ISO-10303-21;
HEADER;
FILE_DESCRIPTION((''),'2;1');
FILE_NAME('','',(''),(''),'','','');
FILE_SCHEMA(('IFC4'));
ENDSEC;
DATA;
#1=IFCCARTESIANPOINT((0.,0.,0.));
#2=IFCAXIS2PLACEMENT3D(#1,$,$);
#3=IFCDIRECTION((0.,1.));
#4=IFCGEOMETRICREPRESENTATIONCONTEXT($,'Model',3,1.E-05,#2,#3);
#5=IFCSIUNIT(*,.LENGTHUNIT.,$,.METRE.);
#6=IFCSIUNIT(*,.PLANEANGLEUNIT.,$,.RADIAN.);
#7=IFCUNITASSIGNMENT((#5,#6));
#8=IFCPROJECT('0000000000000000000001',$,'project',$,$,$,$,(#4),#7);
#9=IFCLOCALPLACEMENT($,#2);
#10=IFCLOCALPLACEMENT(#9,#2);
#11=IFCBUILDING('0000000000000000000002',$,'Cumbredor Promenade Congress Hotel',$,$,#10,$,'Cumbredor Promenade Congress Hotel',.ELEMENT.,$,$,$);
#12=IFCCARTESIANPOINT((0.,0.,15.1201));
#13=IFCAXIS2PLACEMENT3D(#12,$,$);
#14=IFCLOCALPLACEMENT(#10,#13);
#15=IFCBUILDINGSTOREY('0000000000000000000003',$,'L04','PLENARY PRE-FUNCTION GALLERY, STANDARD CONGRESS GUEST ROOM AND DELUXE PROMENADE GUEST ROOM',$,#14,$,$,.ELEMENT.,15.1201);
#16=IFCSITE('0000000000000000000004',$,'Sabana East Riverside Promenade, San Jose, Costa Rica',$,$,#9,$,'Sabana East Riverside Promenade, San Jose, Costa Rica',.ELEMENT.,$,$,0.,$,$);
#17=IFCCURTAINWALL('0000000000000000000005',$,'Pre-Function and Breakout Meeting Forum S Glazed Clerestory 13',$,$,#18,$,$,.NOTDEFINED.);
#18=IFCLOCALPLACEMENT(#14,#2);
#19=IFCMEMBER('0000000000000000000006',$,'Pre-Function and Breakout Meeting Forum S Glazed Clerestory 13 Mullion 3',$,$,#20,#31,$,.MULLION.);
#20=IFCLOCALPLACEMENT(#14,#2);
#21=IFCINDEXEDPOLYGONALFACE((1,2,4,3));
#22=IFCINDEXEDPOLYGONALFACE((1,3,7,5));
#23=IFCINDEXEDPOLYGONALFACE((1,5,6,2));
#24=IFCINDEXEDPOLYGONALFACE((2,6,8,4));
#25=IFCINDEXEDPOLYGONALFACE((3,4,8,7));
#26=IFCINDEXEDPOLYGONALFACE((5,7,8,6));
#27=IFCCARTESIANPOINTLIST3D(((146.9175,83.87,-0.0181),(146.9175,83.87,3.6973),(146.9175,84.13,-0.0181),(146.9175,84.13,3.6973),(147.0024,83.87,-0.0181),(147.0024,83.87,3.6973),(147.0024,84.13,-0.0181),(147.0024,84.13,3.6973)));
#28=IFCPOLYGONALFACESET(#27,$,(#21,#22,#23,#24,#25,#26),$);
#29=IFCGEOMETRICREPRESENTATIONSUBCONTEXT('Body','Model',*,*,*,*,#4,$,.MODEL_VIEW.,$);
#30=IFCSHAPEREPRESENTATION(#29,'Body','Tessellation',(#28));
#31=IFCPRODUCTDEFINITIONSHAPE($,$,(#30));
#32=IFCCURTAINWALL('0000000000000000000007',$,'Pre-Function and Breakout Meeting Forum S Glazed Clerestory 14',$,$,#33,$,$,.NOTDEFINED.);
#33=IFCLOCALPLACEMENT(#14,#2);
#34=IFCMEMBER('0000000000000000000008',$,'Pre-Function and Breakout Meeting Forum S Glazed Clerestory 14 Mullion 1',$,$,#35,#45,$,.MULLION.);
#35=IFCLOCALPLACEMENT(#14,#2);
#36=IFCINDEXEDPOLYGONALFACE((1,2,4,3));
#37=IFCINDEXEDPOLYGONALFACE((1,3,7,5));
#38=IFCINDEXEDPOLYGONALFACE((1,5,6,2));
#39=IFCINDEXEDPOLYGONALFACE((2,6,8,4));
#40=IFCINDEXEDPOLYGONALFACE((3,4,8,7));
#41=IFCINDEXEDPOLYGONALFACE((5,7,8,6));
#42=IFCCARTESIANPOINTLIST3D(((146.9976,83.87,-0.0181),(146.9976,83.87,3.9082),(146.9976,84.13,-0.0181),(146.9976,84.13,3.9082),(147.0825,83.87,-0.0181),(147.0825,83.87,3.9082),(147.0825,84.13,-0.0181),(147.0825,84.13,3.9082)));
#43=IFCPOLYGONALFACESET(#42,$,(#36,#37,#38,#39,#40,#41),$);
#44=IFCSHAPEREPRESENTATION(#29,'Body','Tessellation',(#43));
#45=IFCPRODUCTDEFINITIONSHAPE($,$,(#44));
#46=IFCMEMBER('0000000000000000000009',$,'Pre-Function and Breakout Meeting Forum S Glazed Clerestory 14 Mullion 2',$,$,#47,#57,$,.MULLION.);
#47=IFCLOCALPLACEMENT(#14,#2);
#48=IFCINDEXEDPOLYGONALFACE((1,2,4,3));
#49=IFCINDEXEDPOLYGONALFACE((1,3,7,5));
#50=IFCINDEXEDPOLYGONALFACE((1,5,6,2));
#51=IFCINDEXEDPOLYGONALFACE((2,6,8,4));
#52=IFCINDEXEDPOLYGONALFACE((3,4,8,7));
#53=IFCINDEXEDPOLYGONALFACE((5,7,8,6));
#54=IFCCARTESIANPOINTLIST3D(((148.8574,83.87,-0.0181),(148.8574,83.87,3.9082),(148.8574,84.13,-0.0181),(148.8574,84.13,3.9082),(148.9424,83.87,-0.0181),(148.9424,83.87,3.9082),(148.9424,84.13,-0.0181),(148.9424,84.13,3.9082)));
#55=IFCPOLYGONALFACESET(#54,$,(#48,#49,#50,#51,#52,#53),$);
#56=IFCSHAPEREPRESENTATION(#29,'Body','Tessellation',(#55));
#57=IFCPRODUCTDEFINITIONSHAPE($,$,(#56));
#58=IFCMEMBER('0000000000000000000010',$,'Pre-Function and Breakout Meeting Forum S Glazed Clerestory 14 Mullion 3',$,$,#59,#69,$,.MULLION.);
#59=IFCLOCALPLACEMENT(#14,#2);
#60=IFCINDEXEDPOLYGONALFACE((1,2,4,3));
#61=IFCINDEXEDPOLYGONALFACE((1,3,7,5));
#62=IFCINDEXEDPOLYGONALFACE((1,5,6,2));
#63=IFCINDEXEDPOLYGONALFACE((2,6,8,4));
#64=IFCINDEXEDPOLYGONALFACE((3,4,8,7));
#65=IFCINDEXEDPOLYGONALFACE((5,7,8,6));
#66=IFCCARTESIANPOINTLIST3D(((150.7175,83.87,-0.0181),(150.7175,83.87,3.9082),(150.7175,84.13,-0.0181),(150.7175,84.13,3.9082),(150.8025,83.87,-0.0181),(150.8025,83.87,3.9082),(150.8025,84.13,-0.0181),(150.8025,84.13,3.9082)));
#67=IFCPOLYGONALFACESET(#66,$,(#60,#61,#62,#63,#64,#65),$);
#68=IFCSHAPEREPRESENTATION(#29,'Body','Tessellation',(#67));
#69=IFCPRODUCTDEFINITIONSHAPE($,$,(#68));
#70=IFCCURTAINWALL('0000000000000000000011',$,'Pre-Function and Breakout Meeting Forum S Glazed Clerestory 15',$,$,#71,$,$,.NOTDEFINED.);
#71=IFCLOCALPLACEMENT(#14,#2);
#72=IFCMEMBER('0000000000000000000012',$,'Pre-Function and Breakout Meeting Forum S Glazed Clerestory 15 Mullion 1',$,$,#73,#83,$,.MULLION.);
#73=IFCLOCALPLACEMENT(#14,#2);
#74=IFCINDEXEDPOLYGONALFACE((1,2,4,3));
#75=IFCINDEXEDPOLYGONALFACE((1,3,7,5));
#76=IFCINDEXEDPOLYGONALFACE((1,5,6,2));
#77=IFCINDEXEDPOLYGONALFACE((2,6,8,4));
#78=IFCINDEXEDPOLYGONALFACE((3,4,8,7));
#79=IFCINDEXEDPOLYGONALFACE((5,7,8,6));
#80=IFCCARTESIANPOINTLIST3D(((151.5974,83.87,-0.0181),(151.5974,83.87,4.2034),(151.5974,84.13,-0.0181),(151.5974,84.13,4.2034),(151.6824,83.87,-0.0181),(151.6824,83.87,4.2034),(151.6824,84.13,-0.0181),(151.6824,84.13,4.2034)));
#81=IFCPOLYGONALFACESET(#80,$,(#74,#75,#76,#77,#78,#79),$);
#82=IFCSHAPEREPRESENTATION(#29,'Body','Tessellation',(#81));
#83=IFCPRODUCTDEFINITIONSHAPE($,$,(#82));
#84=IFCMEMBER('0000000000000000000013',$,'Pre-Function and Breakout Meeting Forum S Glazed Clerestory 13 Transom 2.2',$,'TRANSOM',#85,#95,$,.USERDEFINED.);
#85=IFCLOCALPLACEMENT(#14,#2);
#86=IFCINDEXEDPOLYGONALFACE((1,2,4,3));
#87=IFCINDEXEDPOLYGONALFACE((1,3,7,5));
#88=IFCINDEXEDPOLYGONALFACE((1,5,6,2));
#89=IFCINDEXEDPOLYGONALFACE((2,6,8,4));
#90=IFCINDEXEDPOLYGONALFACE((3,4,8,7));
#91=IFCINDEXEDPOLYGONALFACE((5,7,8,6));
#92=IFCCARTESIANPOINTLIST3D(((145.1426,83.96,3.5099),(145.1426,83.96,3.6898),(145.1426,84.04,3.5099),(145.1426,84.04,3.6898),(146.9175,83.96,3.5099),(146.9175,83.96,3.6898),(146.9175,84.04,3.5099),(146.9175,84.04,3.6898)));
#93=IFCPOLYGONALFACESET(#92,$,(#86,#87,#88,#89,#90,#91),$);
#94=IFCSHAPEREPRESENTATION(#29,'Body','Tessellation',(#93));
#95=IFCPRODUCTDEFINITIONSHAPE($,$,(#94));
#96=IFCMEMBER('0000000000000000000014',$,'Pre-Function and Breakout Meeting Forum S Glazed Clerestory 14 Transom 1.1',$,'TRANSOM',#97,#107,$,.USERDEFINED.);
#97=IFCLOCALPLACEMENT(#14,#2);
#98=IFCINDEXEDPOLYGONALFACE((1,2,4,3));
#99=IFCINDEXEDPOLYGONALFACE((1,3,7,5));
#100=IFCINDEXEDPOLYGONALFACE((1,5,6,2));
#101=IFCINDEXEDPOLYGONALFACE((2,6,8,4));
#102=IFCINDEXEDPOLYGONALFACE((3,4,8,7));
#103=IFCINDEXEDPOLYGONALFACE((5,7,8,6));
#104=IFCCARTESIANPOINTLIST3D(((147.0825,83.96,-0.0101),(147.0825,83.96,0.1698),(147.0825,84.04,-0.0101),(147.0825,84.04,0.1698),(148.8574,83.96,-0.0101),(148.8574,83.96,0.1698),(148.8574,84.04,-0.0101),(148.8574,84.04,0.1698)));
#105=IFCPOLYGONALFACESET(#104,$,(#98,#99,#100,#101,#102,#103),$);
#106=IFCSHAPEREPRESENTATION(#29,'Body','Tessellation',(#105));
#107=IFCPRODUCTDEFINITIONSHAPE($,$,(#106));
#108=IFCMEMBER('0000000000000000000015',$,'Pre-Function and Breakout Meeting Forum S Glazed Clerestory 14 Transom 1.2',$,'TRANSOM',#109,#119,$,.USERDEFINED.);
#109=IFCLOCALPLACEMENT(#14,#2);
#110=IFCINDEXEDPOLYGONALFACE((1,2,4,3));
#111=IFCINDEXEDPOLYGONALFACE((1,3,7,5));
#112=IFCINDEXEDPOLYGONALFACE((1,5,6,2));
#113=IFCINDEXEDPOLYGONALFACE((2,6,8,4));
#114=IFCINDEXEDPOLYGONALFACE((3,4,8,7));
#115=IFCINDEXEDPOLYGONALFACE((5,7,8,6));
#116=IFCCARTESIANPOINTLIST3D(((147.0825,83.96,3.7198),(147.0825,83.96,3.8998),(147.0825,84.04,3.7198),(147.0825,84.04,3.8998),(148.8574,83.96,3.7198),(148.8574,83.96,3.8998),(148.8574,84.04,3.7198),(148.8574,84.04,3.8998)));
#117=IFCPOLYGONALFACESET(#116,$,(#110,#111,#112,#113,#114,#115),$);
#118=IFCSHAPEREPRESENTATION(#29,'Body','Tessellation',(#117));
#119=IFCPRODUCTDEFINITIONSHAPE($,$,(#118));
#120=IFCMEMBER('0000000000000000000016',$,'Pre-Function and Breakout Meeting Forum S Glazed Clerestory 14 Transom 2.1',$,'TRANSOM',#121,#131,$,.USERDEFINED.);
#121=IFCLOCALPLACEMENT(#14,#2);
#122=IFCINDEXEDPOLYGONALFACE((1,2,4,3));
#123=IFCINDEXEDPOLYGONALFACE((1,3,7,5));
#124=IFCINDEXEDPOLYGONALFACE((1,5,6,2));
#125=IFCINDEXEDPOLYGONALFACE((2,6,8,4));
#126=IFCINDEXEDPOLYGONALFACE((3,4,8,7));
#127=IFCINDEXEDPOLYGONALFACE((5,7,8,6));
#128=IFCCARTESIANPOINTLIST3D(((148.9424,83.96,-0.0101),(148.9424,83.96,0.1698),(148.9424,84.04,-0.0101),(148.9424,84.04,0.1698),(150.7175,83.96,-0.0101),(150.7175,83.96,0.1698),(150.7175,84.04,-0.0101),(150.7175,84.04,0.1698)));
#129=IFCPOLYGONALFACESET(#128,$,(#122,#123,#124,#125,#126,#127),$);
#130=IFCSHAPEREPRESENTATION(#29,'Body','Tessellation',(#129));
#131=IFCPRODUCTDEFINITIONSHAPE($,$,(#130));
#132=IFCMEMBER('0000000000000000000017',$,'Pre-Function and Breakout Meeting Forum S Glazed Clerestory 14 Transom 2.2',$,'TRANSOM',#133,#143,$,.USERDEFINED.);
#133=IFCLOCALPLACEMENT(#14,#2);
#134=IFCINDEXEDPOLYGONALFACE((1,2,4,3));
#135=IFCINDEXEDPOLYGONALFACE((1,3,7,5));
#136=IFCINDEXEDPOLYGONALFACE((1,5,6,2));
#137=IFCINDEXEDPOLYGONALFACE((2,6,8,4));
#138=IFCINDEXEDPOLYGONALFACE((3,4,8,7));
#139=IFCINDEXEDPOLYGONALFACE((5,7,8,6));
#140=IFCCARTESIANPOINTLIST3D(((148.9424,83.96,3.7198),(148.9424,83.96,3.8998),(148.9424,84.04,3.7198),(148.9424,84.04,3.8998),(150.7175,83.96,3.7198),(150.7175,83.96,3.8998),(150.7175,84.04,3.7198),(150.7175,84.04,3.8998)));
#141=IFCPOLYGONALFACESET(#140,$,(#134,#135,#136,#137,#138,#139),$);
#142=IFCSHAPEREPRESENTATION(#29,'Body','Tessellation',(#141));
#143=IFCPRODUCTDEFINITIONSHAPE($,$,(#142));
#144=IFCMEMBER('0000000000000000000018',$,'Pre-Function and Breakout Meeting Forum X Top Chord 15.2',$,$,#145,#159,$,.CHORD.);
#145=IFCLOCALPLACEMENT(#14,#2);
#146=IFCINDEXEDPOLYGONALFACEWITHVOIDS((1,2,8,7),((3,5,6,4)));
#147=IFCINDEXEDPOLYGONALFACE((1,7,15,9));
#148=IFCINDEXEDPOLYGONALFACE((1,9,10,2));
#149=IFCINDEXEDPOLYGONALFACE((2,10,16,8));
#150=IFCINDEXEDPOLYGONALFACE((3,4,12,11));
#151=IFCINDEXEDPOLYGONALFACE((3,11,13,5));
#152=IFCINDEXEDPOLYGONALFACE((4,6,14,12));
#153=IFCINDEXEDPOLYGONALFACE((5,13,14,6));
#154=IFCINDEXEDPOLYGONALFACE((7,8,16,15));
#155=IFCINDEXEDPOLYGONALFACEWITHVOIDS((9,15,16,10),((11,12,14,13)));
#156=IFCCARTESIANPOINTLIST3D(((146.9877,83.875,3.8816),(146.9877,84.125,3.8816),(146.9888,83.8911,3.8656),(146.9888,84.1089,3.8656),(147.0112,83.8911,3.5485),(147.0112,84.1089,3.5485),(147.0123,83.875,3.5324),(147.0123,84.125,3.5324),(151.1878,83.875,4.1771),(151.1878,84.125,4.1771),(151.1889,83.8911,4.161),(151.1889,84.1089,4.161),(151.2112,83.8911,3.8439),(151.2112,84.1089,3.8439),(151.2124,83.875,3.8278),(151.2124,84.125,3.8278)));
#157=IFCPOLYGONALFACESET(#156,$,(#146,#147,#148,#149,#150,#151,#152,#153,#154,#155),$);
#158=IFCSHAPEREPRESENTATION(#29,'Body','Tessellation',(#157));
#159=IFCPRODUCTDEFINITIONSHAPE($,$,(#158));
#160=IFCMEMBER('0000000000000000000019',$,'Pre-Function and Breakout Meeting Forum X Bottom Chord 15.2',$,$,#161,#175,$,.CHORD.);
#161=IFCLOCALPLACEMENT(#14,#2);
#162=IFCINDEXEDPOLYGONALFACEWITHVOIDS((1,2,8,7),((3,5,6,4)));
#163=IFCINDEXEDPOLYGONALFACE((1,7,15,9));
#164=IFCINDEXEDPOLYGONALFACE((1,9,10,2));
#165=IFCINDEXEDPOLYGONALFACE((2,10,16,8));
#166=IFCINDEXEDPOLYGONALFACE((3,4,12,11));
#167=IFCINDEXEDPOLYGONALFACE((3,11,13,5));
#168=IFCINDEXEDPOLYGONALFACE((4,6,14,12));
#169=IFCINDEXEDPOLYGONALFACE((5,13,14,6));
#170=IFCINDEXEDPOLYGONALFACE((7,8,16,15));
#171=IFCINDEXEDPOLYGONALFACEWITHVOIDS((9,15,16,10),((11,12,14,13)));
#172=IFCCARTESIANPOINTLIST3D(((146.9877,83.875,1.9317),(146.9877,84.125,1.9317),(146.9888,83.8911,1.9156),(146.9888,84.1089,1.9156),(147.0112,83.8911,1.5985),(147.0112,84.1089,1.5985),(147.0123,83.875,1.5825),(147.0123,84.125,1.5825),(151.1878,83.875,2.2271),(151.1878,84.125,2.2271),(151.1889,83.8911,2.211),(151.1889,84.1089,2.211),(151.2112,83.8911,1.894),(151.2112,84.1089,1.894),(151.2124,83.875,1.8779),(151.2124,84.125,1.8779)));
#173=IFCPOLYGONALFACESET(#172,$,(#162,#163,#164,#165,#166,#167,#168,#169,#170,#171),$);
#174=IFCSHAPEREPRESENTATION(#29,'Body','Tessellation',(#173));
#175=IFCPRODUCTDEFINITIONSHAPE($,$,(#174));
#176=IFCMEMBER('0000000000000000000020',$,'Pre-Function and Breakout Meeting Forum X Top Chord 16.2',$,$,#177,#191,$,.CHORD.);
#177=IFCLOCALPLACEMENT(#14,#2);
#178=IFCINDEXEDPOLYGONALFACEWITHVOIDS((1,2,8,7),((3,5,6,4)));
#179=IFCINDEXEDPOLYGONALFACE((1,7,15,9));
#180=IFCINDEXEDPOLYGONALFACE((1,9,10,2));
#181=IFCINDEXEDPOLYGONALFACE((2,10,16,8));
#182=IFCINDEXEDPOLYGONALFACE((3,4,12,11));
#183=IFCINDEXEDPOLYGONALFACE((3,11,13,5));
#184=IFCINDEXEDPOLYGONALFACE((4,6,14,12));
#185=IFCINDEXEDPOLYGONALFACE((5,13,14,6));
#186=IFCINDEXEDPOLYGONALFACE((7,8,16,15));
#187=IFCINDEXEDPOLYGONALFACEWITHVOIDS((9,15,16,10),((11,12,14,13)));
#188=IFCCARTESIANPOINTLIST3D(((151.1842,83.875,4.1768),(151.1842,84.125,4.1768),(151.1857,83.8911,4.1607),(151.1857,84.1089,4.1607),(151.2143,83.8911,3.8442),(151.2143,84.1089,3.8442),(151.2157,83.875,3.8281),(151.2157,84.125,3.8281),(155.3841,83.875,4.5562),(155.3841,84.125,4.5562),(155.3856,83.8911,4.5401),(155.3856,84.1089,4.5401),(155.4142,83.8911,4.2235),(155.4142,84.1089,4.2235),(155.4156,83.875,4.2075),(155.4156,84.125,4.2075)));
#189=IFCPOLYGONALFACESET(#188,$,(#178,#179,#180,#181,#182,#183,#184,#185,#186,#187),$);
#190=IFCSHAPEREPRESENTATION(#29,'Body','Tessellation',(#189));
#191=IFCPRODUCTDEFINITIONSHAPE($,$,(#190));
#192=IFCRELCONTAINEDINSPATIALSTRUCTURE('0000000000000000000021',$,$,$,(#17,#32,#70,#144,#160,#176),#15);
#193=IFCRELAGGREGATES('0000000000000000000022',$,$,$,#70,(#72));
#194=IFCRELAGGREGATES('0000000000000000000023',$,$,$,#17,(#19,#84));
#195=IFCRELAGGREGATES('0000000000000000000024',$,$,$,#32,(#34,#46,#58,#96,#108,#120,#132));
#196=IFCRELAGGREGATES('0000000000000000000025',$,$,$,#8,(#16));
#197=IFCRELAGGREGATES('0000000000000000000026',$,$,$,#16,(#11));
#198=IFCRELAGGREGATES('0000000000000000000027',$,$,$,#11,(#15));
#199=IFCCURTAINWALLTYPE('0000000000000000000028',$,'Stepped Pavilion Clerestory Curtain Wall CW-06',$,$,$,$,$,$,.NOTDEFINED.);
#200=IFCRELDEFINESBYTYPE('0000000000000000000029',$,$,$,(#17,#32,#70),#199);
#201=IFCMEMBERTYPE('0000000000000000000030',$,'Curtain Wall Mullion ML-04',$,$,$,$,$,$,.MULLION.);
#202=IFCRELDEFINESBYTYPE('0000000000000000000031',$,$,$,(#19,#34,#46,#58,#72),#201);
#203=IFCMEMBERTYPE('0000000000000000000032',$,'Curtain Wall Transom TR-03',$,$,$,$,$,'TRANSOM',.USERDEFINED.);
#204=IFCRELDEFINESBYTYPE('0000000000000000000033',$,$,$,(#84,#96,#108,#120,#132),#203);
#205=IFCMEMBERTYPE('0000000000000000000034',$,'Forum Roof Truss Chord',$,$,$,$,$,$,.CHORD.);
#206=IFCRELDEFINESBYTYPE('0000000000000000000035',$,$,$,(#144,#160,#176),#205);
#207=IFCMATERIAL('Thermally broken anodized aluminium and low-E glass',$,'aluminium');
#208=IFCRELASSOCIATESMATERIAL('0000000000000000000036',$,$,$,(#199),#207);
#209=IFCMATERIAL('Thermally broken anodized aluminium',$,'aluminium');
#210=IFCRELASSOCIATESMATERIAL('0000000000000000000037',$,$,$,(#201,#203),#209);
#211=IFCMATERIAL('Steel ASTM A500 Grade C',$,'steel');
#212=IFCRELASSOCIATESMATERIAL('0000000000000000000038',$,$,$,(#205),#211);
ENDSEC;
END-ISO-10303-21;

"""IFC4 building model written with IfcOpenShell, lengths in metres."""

from ifc_helpers import new_model, si_unit, direction, frame, origin, origin_2d, place, context, subcontext, project, spatial, rectangle, hollow_rectangle, extrude, material, material_profile, profile_set, type_object, element, aggregate, save


model = new_model("IFC4")

# Units and contexts
model_context = context("Model", 3, precision=1e-05, world=origin(), true_north=direction((0.0, 1.0)))
body_context = subcontext(model_context, "Body", "Model", "MODEL_VIEW")
ifc_project = project(units=[si_unit("LENGTHUNIT", "METRE"), si_unit("PLANEANGLEUNIT", "RADIAN")], contexts=[model_context])

# Site, building, storey
site_placement = place(None, origin())
site = spatial("IfcSite", under=ifc_project, at=site_placement, Name="Sabana East Riverside Promenade, San Jose, Costa Rica", LongName="Sabana East Riverside Promenade, San Jose, Costa Rica", CompositionType="ELEMENT", RefElevation=0.0)
building_placement = place(site_placement, origin())
building = spatial("IfcBuilding", under=site, at=building_placement, Name="Cumbredor Promenade Congress Hotel", LongName="Cumbredor Promenade Congress Hotel", CompositionType="ELEMENT")
storey_placement = place(building_placement, frame((0.0, 0.0, 15.1201)))
storey = spatial("IfcBuildingStorey", under=building, at=storey_placement, Name="L04", Description="PLENARY PRE-FUNCTION GALLERY, STANDARD CONGRESS GUEST ROOM AND DELUXE PROMENADE GUEST ROOM", CompositionType="ELEMENT", Elevation=15.1201)

# Curtain wall, member
ifc_material_1 = material(Name="Thermally broken anodized aluminium and low-E glass", Category="aluminium")
curtain_wall_type = type_object("IfcCurtainWallType", Name="Stepped Pavilion Clerestory Curtain Wall CW-06", PredefinedType="NOTDEFINED", material=ifc_material_1)
curtain_wall_1_placement = place(storey_placement, origin())
curtain_wall_1 = element("IfcCurtainWall", 1, at=curtain_wall_1_placement, inside=storey, type_object=curtain_wall_type, Name="Pre-Function and Breakout Meeting Forum S Glazed Clerestory 13", PredefinedType="NOTDEFINED")
ifc_material_2 = material(Name="Thermally broken anodized aluminium", Category="aluminium")
ifc_material_profile_1 = material_profile(ifc_material_2, rectangle(XDim=0.085, YDim=0.26, at=origin_2d()), Name="ALU MULLION CLERESTORY 85x260")
ifc_profile_set_1 = profile_set([ifc_material_profile_1], Name="Thermally broken anodized aluminium")
member_type_1 = type_object("IfcMemberType", Name="Curtain Wall Mullion ML-04", PredefinedType="MULLION", material=ifc_profile_set_1)
member_1_placement = place(storey_placement, frame((146.96, 84.0, -0.0181), z_axis=(0.0, 0.0, 1.0), x_axis=(1.0, 0.0, 0.0)))
member_1 = element("IfcMember", 2, at=member_1_placement, type_object=member_type_1, Name="Pre-Function and Breakout Meeting Forum S Glazed Clerestory 13 Mullion 3", PredefinedType="MULLION", context=body_context, shape_type="SweptSolid", body=[
    extrude(rectangle(XDim=0.085, YDim=0.26, at=origin_2d()), origin(), (0.0, 0.0, 1.0), 3.7153),
])

# Curtain wall, members
curtain_wall_2_placement = place(storey_placement, origin())
curtain_wall_2 = element("IfcCurtainWall", 3, at=curtain_wall_2_placement, inside=storey, type_object=curtain_wall_type, Name="Pre-Function and Breakout Meeting Forum S Glazed Clerestory 14", PredefinedType="NOTDEFINED")
member_2_placement = place(storey_placement, frame((147.04, 84.0, -0.0181), z_axis=(0.0, 0.0, 1.0), x_axis=(1.0, 0.0, 0.0)))
member_2 = element("IfcMember", 4, at=member_2_placement, type_object=member_type_1, Name="Pre-Function and Breakout Meeting Forum S Glazed Clerestory 14 Mullion 1", PredefinedType="MULLION", context=body_context, shape_type="SweptSolid", body=[
    extrude(rectangle(XDim=0.085, YDim=0.26, at=origin_2d()), origin(), (0.0, 0.0, 1.0), 3.9263),
])
member_3_placement = place(storey_placement, frame((148.8999, 84.0, -0.0181), z_axis=(0.0, 0.0, 1.0), x_axis=(1.0, 0.0, 0.0)))
member_3 = element("IfcMember", 5, at=member_3_placement, type_object=member_type_1, Name="Pre-Function and Breakout Meeting Forum S Glazed Clerestory 14 Mullion 2", PredefinedType="MULLION", context=body_context, shape_type="SweptSolid", body=[
    extrude(rectangle(XDim=0.085, YDim=0.26, at=origin_2d()), origin(), (0.0, 0.0, 1.0), 3.9263),
])
member_4_placement = place(storey_placement, frame((150.76, 84.0, -0.0181), z_axis=(0.0, 0.0, 1.0), x_axis=(1.0, 0.0, 0.0)))
member_4 = element("IfcMember", 6, at=member_4_placement, type_object=member_type_1, Name="Pre-Function and Breakout Meeting Forum S Glazed Clerestory 14 Mullion 3", PredefinedType="MULLION", context=body_context, shape_type="SweptSolid", body=[
    extrude(rectangle(XDim=0.085, YDim=0.26, at=origin_2d()), origin(), (0.0, 0.0, 1.0), 3.9263),
])

# Curtain wall, member
curtain_wall_3_placement = place(storey_placement, origin())
curtain_wall_3 = element("IfcCurtainWall", 7, at=curtain_wall_3_placement, inside=storey, type_object=curtain_wall_type, Name="Pre-Function and Breakout Meeting Forum S Glazed Clerestory 15", PredefinedType="NOTDEFINED")
member_5_placement = place(storey_placement, frame((151.6399, 84.0, -0.0181), z_axis=(0.0, 0.0, 1.0), x_axis=(1.0, 0.0, 0.0)))
member_5 = element("IfcMember", 8, at=member_5_placement, type_object=member_type_1, Name="Pre-Function and Breakout Meeting Forum S Glazed Clerestory 15 Mullion 1", PredefinedType="MULLION", context=body_context, shape_type="SweptSolid", body=[
    extrude(rectangle(XDim=0.085, YDim=0.26, at=origin_2d()), origin(), (0.0, 0.0, 1.0), 4.2214),
])
aggregate(curtain_wall_3, [member_5])

# Members
ifc_material_profile_2 = material_profile(ifc_material_2, rectangle(XDim=0.0801, YDim=0.1799, at=origin_2d()), Name="ALU TRANSOM 80x180")
ifc_profile_set_2 = profile_set([ifc_material_profile_2], Name="Thermally broken anodized aluminium")
member_type_2 = type_object("IfcMemberType", Name="Curtain Wall Transom TR-03", ElementType="TRANSOM", PredefinedType="USERDEFINED", material=ifc_profile_set_2)
member_6_placement = place(storey_placement, frame((145.1426, 84.0, 3.5999), z_axis=(1.0, 0.0, 0.0), x_axis=(0.0, 1.0, 0.0)))
member_6 = element("IfcMember", 9, at=member_6_placement, type_object=member_type_2, Name="Pre-Function and Breakout Meeting Forum S Glazed Clerestory 13 Transom 2.2", ObjectType="TRANSOM", PredefinedType="USERDEFINED", context=body_context, shape_type="SweptSolid", body=[
    extrude(rectangle(XDim=0.0801, YDim=0.1799, at=origin_2d()), origin(), (0.0, 0.0, 1.0), 1.7749),
])
member_7_placement = place(storey_placement, frame((147.0825, 84.0, 0.0798), z_axis=(1.0, 0.0, 0.0), x_axis=(0.0, 1.0, 0.0)))
member_7 = element("IfcMember", 10, at=member_7_placement, type_object=member_type_2, Name="Pre-Function and Breakout Meeting Forum S Glazed Clerestory 14 Transom 1.1", ObjectType="TRANSOM", PredefinedType="USERDEFINED", context=body_context, shape_type="SweptSolid", body=[
    extrude(rectangle(XDim=0.0801, YDim=0.1799, at=origin_2d()), origin(), (0.0, 0.0, 1.0), 1.7749),
])
member_8_placement = place(storey_placement, frame((147.0825, 84.0, 3.8098), z_axis=(1.0, 0.0, 0.0), x_axis=(0.0, 1.0, 0.0)))
member_8 = element("IfcMember", 11, at=member_8_placement, type_object=member_type_2, Name="Pre-Function and Breakout Meeting Forum S Glazed Clerestory 14 Transom 1.2", ObjectType="TRANSOM", PredefinedType="USERDEFINED", context=body_context, shape_type="SweptSolid", body=[
    extrude(rectangle(XDim=0.0801, YDim=0.1799, at=origin_2d()), origin(), (0.0, 0.0, 1.0), 1.7749),
])
member_9_placement = place(storey_placement, frame((148.9424, 84.0, 0.0798), z_axis=(1.0, 0.0, 0.0), x_axis=(0.0, 1.0, 0.0)))
member_9 = element("IfcMember", 12, at=member_9_placement, type_object=member_type_2, Name="Pre-Function and Breakout Meeting Forum S Glazed Clerestory 14 Transom 2.1", ObjectType="TRANSOM", PredefinedType="USERDEFINED", context=body_context, shape_type="SweptSolid", body=[
    extrude(rectangle(XDim=0.0801, YDim=0.1799, at=origin_2d()), origin(), (0.0, 0.0, 1.0), 1.7751),
])
member_10_placement = place(storey_placement, frame((148.9424, 84.0, 3.8098), z_axis=(1.0, 0.0, 0.0), x_axis=(0.0, 1.0, 0.0)))
member_10 = element("IfcMember", 13, at=member_10_placement, type_object=member_type_2, Name="Pre-Function and Breakout Meeting Forum S Glazed Clerestory 14 Transom 2.2", ObjectType="TRANSOM", PredefinedType="USERDEFINED", context=body_context, shape_type="SweptSolid", body=[
    extrude(rectangle(XDim=0.0801, YDim=0.1799, at=origin_2d()), origin(), (0.0, 0.0, 1.0), 1.7751),
])

# Members
ifc_material_3 = material(Name="Steel ASTM A500 Grade C", Category="steel")
ifc_material_profile_3 = material_profile(ifc_material_3, hollow_rectangle(XDim=0.25, YDim=0.3501, WallThickness=0.0161, at=origin_2d()), Name="HSS 350x250x16")
ifc_profile_set_3 = profile_set([ifc_material_profile_3], Name="Steel ASTM A500 Grade C")
member_type_3 = type_object("IfcMemberType", Name="Forum Roof Truss Chord", PredefinedType="CHORD", material=ifc_profile_set_3)
for number, where, z_axis, x_axis, name in (
    (14, (147.0, 84.0, 3.707), (0.997536, 0.0, 0.070163), (0.0, 1.0, 0.0), "Pre-Function and Breakout Meeting Forum X Top Chord 15.2"),
    (15, (147.0, 84.0, 1.7571), (0.997536, 0.0, 0.070163), (0.0, 1.0, 0.0), "Pre-Function and Breakout Meeting Forum X Bottom Chord 15.2"),
):
    element("IfcMember", number, at=place(storey_placement, frame(where, z_axis=z_axis, x_axis=x_axis)), inside=storey, type_object=member_type_3, Name=name, PredefinedType="CHORD", context=body_context, shape_type="SweptSolid", body=[
        extrude(hollow_rectangle(XDim=0.25, YDim=0.3501, WallThickness=0.0161, at=origin_2d()), origin(), (0.0, 0.0, 1.0), 4.2104),
    ])
for number, where, z_axis, x_axis, name in (
    (16, (151.2, 84.0, 4.0024), (0.995945, 0.0, 0.089967), (0.0, 1.0, 0.0), "Pre-Function and Breakout Meeting Forum X Top Chord 16.2"),
):
    element("IfcMember", number, at=place(storey_placement, frame(where, z_axis=z_axis, x_axis=x_axis)), inside=storey, type_object=member_type_3, Name=name, PredefinedType="CHORD", context=body_context, shape_type="SweptSolid", body=[
        extrude(hollow_rectangle(XDim=0.25, YDim=0.3501, WallThickness=0.0161, at=origin_2d()), origin(), (0.0, 0.0, 1.0), 4.217),
    ])

aggregate(curtain_wall_1, [member_1, member_6])
aggregate(curtain_wall_2, [member_2, member_3, member_4, member_7, member_8, member_9, member_10])

save(model, "model.ifc")
